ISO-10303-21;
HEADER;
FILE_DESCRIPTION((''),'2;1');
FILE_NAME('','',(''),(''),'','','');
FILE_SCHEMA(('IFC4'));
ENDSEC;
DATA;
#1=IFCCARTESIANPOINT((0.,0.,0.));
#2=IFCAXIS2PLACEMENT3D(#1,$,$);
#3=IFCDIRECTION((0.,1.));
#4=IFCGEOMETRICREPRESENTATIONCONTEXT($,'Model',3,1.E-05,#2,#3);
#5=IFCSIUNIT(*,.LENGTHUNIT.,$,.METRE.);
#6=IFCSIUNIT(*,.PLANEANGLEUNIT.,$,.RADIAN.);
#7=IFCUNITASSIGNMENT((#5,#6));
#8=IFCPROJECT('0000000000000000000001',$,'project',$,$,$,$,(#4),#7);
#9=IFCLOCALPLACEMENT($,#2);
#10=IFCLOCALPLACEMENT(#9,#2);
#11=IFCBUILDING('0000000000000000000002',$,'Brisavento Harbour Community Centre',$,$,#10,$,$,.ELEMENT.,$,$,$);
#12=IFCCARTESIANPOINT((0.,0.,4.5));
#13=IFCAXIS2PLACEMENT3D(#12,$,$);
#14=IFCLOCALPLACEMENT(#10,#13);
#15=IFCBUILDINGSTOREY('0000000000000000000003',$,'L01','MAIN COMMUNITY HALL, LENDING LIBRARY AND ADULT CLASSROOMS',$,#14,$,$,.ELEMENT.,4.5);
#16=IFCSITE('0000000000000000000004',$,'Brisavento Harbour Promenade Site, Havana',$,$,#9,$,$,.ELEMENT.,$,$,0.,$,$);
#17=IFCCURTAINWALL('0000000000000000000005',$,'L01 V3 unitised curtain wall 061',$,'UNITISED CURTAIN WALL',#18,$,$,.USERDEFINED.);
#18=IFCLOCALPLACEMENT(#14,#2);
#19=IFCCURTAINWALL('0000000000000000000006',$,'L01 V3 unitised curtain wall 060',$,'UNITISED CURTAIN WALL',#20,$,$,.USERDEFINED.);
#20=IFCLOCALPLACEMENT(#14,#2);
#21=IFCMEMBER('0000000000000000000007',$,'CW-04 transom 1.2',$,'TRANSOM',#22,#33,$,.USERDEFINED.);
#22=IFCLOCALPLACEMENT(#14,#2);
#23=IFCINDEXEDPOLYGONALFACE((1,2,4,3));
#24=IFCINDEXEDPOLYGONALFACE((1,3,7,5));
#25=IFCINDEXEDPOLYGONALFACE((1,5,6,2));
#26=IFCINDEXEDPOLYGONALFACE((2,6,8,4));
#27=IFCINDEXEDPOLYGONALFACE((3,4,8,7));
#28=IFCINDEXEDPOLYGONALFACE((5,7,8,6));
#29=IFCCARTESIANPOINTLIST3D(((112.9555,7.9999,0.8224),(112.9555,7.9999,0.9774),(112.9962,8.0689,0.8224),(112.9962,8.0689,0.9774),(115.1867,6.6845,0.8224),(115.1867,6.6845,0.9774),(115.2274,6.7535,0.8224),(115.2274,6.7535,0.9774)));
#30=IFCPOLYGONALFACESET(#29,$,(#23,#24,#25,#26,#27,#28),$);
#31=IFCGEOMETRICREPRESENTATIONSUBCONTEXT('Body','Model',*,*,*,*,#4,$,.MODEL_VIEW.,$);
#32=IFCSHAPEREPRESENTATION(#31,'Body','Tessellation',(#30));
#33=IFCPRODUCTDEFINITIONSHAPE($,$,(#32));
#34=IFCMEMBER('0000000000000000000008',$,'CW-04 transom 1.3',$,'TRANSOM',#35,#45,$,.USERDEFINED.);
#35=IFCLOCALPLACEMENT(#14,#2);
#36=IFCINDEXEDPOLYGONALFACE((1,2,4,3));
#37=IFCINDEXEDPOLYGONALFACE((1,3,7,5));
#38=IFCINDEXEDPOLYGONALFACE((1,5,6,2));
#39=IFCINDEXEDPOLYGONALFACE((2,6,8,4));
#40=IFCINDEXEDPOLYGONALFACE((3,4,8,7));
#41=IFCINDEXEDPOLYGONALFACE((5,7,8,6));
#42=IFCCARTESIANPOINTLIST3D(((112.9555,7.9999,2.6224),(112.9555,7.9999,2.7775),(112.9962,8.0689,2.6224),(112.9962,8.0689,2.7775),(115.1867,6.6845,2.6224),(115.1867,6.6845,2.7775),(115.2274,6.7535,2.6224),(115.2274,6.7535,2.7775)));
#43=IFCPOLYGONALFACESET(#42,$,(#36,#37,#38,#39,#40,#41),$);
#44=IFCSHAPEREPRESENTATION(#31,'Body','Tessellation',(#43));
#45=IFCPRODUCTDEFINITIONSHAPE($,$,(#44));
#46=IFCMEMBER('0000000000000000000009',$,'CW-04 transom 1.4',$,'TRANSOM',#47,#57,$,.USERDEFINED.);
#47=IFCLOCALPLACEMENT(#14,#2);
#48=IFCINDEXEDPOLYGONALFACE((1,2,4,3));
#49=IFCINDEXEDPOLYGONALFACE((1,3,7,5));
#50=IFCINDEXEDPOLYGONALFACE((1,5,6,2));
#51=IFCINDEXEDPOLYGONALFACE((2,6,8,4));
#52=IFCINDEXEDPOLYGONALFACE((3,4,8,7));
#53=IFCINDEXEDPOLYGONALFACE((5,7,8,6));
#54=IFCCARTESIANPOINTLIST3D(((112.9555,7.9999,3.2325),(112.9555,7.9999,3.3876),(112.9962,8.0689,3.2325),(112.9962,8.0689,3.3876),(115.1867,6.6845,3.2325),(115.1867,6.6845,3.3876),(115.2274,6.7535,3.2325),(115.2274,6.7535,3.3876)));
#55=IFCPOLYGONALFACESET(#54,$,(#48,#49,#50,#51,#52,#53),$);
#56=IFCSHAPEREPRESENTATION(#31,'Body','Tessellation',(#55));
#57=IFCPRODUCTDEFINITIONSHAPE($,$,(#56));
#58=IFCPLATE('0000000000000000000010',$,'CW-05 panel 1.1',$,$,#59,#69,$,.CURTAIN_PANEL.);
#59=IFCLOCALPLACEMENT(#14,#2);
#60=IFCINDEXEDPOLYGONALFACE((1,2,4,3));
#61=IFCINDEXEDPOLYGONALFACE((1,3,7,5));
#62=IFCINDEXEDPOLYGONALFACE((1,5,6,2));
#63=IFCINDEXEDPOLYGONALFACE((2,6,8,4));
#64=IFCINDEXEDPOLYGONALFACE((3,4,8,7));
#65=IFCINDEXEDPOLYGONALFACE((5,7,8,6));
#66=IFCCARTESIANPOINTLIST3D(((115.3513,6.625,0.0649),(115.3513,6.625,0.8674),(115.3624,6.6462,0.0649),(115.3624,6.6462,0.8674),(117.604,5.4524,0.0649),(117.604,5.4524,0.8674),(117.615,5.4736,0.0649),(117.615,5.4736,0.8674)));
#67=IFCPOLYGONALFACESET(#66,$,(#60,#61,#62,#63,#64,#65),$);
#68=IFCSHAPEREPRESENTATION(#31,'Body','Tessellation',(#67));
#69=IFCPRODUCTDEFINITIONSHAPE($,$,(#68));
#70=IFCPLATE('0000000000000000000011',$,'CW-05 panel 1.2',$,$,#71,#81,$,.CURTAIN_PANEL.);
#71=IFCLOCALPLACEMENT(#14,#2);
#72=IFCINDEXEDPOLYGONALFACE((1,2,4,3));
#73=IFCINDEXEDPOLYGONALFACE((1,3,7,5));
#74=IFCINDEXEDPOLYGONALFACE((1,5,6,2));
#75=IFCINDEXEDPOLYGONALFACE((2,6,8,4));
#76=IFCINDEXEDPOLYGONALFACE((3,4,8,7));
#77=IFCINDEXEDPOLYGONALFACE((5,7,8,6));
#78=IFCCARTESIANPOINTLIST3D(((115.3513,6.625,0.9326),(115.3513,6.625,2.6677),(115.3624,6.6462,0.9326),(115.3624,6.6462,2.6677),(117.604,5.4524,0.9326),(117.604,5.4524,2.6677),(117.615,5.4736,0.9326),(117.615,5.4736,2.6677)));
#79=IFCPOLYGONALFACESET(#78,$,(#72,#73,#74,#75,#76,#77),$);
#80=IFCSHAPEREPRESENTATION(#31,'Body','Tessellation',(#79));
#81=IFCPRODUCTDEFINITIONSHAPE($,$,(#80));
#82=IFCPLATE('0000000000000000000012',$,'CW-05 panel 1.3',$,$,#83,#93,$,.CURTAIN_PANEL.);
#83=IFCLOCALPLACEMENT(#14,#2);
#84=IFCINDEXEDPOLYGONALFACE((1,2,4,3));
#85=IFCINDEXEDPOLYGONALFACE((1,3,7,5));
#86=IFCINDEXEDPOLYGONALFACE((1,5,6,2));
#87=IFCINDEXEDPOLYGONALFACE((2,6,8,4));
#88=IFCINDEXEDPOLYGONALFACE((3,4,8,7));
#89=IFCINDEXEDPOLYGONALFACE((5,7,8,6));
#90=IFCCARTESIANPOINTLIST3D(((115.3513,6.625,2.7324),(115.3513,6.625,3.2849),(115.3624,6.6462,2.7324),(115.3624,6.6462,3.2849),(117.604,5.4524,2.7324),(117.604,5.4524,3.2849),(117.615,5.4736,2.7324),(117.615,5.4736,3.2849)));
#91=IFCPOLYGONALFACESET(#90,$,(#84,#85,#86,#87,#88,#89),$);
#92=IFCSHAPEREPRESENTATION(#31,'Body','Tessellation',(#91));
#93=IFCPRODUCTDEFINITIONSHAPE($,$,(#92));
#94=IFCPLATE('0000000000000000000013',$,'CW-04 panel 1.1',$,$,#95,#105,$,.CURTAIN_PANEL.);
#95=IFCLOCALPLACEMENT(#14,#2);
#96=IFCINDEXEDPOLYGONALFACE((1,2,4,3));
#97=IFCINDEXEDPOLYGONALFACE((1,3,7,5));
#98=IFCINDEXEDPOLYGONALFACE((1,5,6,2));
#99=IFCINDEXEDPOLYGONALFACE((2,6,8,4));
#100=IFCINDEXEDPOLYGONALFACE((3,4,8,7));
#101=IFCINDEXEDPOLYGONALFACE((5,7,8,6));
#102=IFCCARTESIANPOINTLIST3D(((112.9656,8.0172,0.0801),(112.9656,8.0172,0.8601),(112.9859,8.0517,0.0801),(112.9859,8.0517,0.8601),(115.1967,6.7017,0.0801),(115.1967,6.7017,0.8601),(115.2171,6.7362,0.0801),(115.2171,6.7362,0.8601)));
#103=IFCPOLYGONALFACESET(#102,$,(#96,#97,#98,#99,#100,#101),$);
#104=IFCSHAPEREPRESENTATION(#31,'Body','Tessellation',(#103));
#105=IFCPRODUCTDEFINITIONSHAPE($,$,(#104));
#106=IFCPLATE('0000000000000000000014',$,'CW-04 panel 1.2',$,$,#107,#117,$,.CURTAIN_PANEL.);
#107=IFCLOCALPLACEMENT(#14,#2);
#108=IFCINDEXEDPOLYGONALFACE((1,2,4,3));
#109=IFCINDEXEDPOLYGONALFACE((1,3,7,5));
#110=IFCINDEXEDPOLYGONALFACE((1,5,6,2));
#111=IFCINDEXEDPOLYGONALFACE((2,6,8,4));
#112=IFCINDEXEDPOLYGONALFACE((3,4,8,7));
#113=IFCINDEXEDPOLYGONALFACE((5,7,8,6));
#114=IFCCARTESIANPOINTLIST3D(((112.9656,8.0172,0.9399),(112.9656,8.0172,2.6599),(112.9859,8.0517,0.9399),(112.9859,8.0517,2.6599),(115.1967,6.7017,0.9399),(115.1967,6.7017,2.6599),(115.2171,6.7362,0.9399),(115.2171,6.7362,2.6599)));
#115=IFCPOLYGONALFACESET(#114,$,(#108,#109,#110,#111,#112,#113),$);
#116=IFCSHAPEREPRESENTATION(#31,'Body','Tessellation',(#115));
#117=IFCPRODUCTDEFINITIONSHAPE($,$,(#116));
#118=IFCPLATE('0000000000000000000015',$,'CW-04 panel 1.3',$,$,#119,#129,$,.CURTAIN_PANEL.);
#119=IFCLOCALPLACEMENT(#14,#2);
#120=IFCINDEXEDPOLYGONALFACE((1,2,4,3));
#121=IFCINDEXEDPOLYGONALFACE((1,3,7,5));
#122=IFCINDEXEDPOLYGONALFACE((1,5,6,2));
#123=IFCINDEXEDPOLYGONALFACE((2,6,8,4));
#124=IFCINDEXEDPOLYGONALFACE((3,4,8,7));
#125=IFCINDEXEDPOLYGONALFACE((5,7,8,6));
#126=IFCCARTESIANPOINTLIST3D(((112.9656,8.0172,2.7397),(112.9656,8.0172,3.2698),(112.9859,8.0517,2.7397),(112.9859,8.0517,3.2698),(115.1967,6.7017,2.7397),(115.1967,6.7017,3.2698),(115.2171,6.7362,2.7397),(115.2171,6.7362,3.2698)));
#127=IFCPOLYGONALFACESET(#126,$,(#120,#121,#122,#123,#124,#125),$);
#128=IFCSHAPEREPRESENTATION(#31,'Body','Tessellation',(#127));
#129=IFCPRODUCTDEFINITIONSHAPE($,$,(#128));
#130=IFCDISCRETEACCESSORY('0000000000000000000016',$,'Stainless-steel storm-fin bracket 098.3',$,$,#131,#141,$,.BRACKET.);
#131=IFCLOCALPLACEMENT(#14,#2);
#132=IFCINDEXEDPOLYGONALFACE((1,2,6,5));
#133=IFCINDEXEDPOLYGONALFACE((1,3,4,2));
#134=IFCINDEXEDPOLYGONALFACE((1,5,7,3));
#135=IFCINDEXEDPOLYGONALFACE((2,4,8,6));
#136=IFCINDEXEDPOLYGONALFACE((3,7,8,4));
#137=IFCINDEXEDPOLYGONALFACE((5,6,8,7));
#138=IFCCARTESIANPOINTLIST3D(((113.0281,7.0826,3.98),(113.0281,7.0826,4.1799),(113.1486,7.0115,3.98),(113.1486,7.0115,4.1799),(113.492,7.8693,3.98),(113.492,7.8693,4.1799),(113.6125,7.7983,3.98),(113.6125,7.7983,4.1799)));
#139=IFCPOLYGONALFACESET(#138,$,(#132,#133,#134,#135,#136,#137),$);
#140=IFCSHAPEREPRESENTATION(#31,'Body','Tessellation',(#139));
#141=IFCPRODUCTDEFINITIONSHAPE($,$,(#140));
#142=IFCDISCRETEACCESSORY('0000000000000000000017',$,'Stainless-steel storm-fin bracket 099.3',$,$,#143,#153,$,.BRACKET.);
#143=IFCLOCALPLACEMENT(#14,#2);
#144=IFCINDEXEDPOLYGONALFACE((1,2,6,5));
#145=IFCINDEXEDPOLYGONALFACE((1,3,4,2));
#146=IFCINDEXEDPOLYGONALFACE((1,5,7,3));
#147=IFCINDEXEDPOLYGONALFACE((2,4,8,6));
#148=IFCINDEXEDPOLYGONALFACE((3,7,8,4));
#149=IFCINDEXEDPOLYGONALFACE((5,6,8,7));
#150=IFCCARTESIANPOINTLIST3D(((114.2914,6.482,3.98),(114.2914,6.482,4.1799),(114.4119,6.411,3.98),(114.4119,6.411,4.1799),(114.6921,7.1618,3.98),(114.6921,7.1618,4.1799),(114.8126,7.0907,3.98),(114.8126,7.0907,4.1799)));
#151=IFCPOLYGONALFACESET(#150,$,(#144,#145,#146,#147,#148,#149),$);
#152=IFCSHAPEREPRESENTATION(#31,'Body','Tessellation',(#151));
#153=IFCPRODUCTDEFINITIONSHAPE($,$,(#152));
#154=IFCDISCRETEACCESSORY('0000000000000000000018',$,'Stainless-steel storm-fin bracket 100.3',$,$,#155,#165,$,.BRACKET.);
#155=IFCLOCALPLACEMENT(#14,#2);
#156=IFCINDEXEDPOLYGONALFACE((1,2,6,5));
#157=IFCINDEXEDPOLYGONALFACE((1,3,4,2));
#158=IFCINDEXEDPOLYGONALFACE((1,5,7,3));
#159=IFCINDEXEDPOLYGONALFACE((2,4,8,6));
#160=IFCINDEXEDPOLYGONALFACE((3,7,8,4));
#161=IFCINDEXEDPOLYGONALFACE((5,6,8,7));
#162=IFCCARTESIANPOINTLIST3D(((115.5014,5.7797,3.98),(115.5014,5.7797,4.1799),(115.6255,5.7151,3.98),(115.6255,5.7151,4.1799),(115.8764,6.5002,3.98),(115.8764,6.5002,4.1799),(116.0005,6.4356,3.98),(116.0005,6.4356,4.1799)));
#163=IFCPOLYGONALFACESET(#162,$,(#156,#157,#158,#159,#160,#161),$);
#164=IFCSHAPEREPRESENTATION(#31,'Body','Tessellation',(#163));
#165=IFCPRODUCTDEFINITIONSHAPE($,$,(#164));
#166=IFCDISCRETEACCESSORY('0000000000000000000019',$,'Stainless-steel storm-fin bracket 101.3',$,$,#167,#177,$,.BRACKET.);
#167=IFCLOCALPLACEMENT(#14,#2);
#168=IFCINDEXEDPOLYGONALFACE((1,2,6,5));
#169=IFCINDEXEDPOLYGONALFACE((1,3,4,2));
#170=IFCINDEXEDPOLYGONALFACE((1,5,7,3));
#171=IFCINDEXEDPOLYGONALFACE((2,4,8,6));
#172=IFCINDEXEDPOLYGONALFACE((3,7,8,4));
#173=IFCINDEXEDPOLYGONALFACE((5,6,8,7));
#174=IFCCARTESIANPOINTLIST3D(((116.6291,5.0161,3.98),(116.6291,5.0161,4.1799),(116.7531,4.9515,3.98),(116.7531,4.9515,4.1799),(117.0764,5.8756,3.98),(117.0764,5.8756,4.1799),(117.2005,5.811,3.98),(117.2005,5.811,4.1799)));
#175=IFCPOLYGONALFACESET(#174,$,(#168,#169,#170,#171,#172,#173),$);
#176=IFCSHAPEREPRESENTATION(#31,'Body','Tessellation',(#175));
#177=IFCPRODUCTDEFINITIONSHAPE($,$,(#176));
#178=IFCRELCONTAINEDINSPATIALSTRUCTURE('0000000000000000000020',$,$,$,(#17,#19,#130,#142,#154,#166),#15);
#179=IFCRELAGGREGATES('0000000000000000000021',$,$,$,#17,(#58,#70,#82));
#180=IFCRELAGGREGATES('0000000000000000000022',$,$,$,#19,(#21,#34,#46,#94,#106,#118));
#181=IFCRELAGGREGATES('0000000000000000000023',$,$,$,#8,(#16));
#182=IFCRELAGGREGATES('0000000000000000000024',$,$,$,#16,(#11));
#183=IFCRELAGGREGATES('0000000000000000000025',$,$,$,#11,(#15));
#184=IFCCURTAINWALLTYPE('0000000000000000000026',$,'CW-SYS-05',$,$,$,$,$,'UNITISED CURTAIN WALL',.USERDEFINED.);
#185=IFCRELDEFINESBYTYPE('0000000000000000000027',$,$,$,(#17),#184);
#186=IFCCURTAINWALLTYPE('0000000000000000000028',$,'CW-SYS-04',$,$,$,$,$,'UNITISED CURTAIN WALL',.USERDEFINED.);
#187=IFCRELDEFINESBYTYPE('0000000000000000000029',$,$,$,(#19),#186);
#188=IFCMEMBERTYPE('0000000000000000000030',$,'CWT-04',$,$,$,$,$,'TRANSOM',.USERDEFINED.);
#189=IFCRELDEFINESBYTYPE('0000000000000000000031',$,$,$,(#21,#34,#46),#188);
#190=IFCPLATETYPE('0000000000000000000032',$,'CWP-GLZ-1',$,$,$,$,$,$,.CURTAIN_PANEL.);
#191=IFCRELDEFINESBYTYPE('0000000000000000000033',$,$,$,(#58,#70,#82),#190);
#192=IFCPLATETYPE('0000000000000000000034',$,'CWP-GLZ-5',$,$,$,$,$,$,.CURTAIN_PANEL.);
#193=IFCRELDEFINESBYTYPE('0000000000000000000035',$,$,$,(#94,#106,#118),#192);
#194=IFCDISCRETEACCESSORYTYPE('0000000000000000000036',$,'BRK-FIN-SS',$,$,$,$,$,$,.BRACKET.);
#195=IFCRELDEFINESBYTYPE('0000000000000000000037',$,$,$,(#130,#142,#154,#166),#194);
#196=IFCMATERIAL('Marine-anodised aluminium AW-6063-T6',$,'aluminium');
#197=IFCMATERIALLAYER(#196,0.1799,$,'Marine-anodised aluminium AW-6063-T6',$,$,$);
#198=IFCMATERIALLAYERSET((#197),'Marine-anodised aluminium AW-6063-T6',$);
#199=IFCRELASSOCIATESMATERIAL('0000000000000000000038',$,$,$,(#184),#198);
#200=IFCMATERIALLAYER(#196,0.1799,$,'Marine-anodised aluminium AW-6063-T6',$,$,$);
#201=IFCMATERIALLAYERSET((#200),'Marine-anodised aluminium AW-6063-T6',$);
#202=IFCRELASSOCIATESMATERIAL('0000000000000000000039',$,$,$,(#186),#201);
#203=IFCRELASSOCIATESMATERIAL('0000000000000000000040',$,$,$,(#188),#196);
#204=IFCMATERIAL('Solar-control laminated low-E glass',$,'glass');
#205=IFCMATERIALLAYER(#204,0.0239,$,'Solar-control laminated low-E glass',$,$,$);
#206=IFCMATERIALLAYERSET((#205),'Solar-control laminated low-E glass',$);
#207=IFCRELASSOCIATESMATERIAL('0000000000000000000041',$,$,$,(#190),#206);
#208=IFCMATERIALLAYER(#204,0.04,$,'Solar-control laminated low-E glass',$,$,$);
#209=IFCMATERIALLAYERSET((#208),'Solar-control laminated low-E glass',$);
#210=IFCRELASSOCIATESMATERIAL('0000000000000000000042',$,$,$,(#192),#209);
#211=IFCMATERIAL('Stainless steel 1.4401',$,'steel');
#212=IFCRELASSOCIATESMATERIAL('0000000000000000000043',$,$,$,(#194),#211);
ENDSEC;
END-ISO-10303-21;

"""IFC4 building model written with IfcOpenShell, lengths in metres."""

from ifc_helpers import new_model, si_unit, direction, frame, origin, origin_2d, place, context, subcontext, project, spatial, rectangle, extrude, material, layer, layer_set, material_profile, profile_set, type_object, element, aggregate, save


model = new_model("IFC4")

# Units and contexts
model_context = context("Model", 3, precision=1e-05, world=origin(), true_north=direction((0.0, 1.0)))
body_context = subcontext(model_context, "Body", "Model", "MODEL_VIEW")
ifc_project = project(units=[si_unit("LENGTHUNIT", "METRE"), si_unit("PLANEANGLEUNIT", "RADIAN")], contexts=[model_context])

# Site, building, storey
site_placement = place(None, origin())
site = spatial("IfcSite", under=ifc_project, at=site_placement, Name="Brisavento Harbour Promenade Site, Havana", CompositionType="ELEMENT", RefElevation=0.0)
building_placement = place(site_placement, origin())
building = spatial("IfcBuilding", under=site, at=building_placement, Name="Brisavento Harbour Community Centre", CompositionType="ELEMENT")
storey_placement = place(building_placement, frame((0.0, 0.0, 4.5)))
storey = spatial("IfcBuildingStorey", under=building, at=storey_placement, Name="L01", Description="MAIN COMMUNITY HALL, LENDING LIBRARY AND ADULT CLASSROOMS", CompositionType="ELEMENT", Elevation=4.5)

# Curtain walls
ifc_material_1 = material(Name="Marine-anodised aluminium AW-6063-T6", Category="aluminium")
ifc_layer_1 = layer(ifc_material_1, 0.1799, Name="Marine-anodised aluminium AW-6063-T6")
ifc_layer_set_1 = layer_set([ifc_layer_1], Name="Marine-anodised aluminium AW-6063-T6")
curtain_wall_type_1 = type_object("IfcCurtainWallType", Name="CW-SYS-05", ElementType="UNITISED CURTAIN WALL", PredefinedType="USERDEFINED", material=ifc_layer_set_1)
curtain_wall_1_placement = place(storey_placement, origin())
curtain_wall_1 = element("IfcCurtainWall", 1, at=curtain_wall_1_placement, inside=storey, type_object=curtain_wall_type_1, Name="L01 V3 unitised curtain wall 061", ObjectType="UNITISED CURTAIN WALL", PredefinedType="USERDEFINED")
ifc_layer_2 = layer(ifc_material_1, 0.1799, Name="Marine-anodised aluminium AW-6063-T6")
ifc_layer_set_2 = layer_set([ifc_layer_2], Name="Marine-anodised aluminium AW-6063-T6")
curtain_wall_type_2 = type_object("IfcCurtainWallType", Name="CW-SYS-04", ElementType="UNITISED CURTAIN WALL", PredefinedType="USERDEFINED", material=ifc_layer_set_2)
curtain_wall_2_placement = place(storey_placement, origin())
curtain_wall_2 = element("IfcCurtainWall", 2, at=curtain_wall_2_placement, inside=storey, type_object=curtain_wall_type_2, Name="L01 V3 unitised curtain wall 060", ObjectType="UNITISED CURTAIN WALL", PredefinedType="USERDEFINED")

# Members
ifc_material_profile_1 = material_profile(ifc_material_1, rectangle(XDim=0.0801, YDim=0.155, at=origin_2d()), Name="Marine-anodised aluminium AW-6063-T6")
ifc_profile_set_1 = profile_set([ifc_material_profile_1], Name="Marine-anodised aluminium AW-6063-T6")
member_type_1 = type_object("IfcMemberType", Name="CWT-04", ElementType="TRANSOM", PredefinedType="USERDEFINED", material=ifc_profile_set_1)
member_1_placement = place(storey_placement, frame((115.207, 6.719, 0.8999), z_axis=(-0.861435, 0.507868, 0.0), x_axis=(-0.507868, -0.861435, 0.0)))
member_1 = element("IfcMember", 3, at=member_1_placement, type_object=member_type_1, Name="CW-04 transom 1.2", ObjectType="TRANSOM", PredefinedType="USERDEFINED", context=body_context, shape_type="SweptSolid", body=[
    extrude(rectangle(XDim=0.0801, YDim=0.155, at=origin_2d()), origin(), (0.0, 0.0, 1.0), 2.5901),
])
member_2_placement = place(storey_placement, frame((115.207, 6.719, 2.7), z_axis=(-0.861435, 0.507868, 0.0), x_axis=(-0.507868, -0.861435, 0.0)))
member_2 = element("IfcMember", 4, at=member_2_placement, type_object=member_type_1, Name="CW-04 transom 1.3", ObjectType="TRANSOM", PredefinedType="USERDEFINED", context=body_context, shape_type="SweptSolid", body=[
    extrude(rectangle(XDim=0.0801, YDim=0.155, at=origin_2d()), origin(), (0.0, 0.0, 1.0), 2.5901),
])
member_3_placement = place(storey_placement, frame((115.207, 6.719, 3.3101), z_axis=(-0.861435, 0.507868, 0.0), x_axis=(-0.507868, -0.861435, 0.0)))
member_3 = element("IfcMember", 5, at=member_3_placement, type_object=member_type_1, Name="CW-04 transom 1.4", ObjectType="TRANSOM", PredefinedType="USERDEFINED", context=body_context, shape_type="SweptSolid", body=[
    extrude(rectangle(XDim=0.0801, YDim=0.155, at=origin_2d()), origin(), (0.0, 0.0, 1.0), 2.5901),
])

# Plates
ifc_material_2 = material(Name="Solar-control laminated low-E glass", Category="glass")
ifc_layer_3 = layer(ifc_material_2, 0.0239, Name="Solar-control laminated low-E glass")
ifc_layer_set_3 = layer_set([ifc_layer_3], Name="Solar-control laminated low-E glass")
plate_type_1 = type_object("IfcPlateType", Name="CWP-GLZ-1", PredefinedType="CURTAIN_PANEL", material=ifc_layer_set_3)
plate_1_placement = place(storey_placement, frame((116.4832, 6.0493, 0.0649), z_axis=(0.0, 0.0, 1.0), x_axis=(-0.887027, 0.461718, 0.0)))
plate_1 = element("IfcPlate", 6, at=plate_1_placement, type_object=plate_type_1, Name="CW-05 panel 1.1", PredefinedType="CURTAIN_PANEL", context=body_context, shape_type="SweptSolid", body=[
    extrude(rectangle(XDim=2.5396, YDim=0.0239, at=origin_2d()), origin(), (0.0, 0.0, 1.0), 0.8025),
])
plate_2_placement = place(storey_placement, frame((116.4832, 6.0493, 0.9326), z_axis=(0.0, 0.0, 1.0), x_axis=(-0.887027, 0.461718, 0.0)))
plate_2 = element("IfcPlate", 7, at=plate_2_placement, type_object=plate_type_1, Name="CW-05 panel 1.2", PredefinedType="CURTAIN_PANEL", context=body_context, shape_type="SweptSolid", body=[
    extrude(rectangle(XDim=2.5396, YDim=0.0239, at=origin_2d()), origin(), (0.0, 0.0, 1.0), 1.7351),
])
plate_3_placement = place(storey_placement, frame((116.4832, 6.0493, 2.7324), z_axis=(0.0, 0.0, 1.0), x_axis=(-0.887027, 0.461718, 0.0)))
plate_3 = element("IfcPlate", 8, at=plate_3_placement, type_object=plate_type_1, Name="CW-05 panel 1.3", PredefinedType="CURTAIN_PANEL", context=body_context, shape_type="SweptSolid", body=[
    extrude(rectangle(XDim=2.5396, YDim=0.0239, at=origin_2d()), origin(), (0.0, 0.0, 1.0), 0.5525),
])
aggregate(curtain_wall_1, [plate_1, plate_2, plate_3])
ifc_layer_4 = layer(ifc_material_2, 0.04, Name="Solar-control laminated low-E glass")
ifc_layer_set_4 = layer_set([ifc_layer_4], Name="Solar-control laminated low-E glass")
plate_type_2 = type_object("IfcPlateType", Name="CWP-GLZ-5", PredefinedType="CURTAIN_PANEL", material=ifc_layer_set_4)
plate_4_placement = place(storey_placement, frame((114.0913, 7.3767, 0.0801), z_axis=(0.0, 0.0, 1.0), x_axis=(-0.86143, 0.507876, 0.0)))
plate_4 = element("IfcPlate", 9, at=plate_4_placement, type_object=plate_type_2, Name="CW-04 panel 1.1", PredefinedType="CURTAIN_PANEL", context=body_context, shape_type="SweptSolid", body=[
    extrude(rectangle(XDim=2.5901, YDim=0.04, at=origin_2d()), origin(), (0.0, 0.0, 1.0), 0.78),
])
plate_5_placement = place(storey_placement, frame((114.0913, 7.3767, 0.9399), z_axis=(0.0, 0.0, 1.0), x_axis=(-0.86143, 0.507876, 0.0)))
plate_5 = element("IfcPlate", 10, at=plate_5_placement, type_object=plate_type_2, Name="CW-04 panel 1.2", PredefinedType="CURTAIN_PANEL", context=body_context, shape_type="SweptSolid", body=[
    extrude(rectangle(XDim=2.5901, YDim=0.04, at=origin_2d()), origin(), (0.0, 0.0, 1.0), 1.72),
])
plate_6_placement = place(storey_placement, frame((114.0913, 7.3767, 2.7397), z_axis=(0.0, 0.0, 1.0), x_axis=(-0.86143, 0.507876, 0.0)))
plate_6 = element("IfcPlate", 11, at=plate_6_placement, type_object=plate_type_2, Name="CW-04 panel 1.3", PredefinedType="CURTAIN_PANEL", context=body_context, shape_type="SweptSolid", body=[
    extrude(rectangle(XDim=2.5901, YDim=0.04, at=origin_2d()), origin(), (0.0, 0.0, 1.0), 0.53),
])
aggregate(curtain_wall_2, [member_1, member_2, member_3, plate_4, plate_5, plate_6])

# Discrete accessories
ifc_material_3 = material(Name="Stainless steel 1.4401", Category="steel")
discrete_accessory_type = type_object("IfcDiscreteAccessoryType", Name="BRK-FIN-SS", PredefinedType="BRACKET", material=ifc_material_3)
discrete_accessory_1_placement = place(storey_placement, frame((113.3203, 7.4404, 3.98), z_axis=(0.0, 0.0, 1.0), x_axis=(-0.507869, -0.861434, 0.0)))
element("IfcDiscreteAccessory", 12, at=discrete_accessory_1_placement, inside=storey, type_object=discrete_accessory_type, Name="Stainless-steel storm-fin bracket 098.3", PredefinedType="BRACKET", context=body_context, shape_type="SweptSolid", body=[
    extrude(rectangle(XDim=0.9133, YDim=0.1399, at=origin_2d()), origin(), (0.0, 0.0, 1.0), 0.2),
])
discrete_accessory_2_placement = place(storey_placement, frame((114.552, 6.7864, 3.98), z_axis=(0.0, 0.0, 1.0), x_axis=(-0.507869, -0.861434, 0.0)))
element("IfcDiscreteAccessory", 13, at=discrete_accessory_2_placement, inside=storey, type_object=discrete_accessory_type, Name="Stainless-steel storm-fin bracket 099.3", PredefinedType="BRACKET", context=body_context, shape_type="SweptSolid", body=[
    extrude(rectangle(XDim=0.7891, YDim=0.1399, at=origin_2d()), origin(), (0.0, 0.0, 1.0), 0.2),
])
discrete_accessory_3_placement = place(storey_placement, frame((115.751, 6.1077, 3.98), z_axis=(0.0, 0.0, 1.0), x_axis=(-0.461702, -0.887035, 0.0)))
element("IfcDiscreteAccessory", 14, at=discrete_accessory_3_placement, inside=storey, type_object=discrete_accessory_type, Name="Stainless-steel storm-fin bracket 100.3", PredefinedType="BRACKET", context=body_context, shape_type="SweptSolid", body=[
    extrude(rectangle(XDim=0.8123, YDim=0.1399, at=origin_2d()), origin(), (0.0, 0.0, 1.0), 0.2),
])
discrete_accessory_4_placement = place(storey_placement, frame((116.9148, 5.4136, 3.98), z_axis=(0.0, 0.0, 1.0), x_axis=(-0.461702, -0.887035, 0.0)))
element("IfcDiscreteAccessory", 15, at=discrete_accessory_4_placement, inside=storey, type_object=discrete_accessory_type, Name="Stainless-steel storm-fin bracket 101.3", PredefinedType="BRACKET", context=body_context, shape_type="SweptSolid", body=[
    extrude(rectangle(XDim=0.969, YDim=0.1399, at=origin_2d()), origin(), (0.0, 0.0, 1.0), 0.2),
])

save(model, "model.ifc")
